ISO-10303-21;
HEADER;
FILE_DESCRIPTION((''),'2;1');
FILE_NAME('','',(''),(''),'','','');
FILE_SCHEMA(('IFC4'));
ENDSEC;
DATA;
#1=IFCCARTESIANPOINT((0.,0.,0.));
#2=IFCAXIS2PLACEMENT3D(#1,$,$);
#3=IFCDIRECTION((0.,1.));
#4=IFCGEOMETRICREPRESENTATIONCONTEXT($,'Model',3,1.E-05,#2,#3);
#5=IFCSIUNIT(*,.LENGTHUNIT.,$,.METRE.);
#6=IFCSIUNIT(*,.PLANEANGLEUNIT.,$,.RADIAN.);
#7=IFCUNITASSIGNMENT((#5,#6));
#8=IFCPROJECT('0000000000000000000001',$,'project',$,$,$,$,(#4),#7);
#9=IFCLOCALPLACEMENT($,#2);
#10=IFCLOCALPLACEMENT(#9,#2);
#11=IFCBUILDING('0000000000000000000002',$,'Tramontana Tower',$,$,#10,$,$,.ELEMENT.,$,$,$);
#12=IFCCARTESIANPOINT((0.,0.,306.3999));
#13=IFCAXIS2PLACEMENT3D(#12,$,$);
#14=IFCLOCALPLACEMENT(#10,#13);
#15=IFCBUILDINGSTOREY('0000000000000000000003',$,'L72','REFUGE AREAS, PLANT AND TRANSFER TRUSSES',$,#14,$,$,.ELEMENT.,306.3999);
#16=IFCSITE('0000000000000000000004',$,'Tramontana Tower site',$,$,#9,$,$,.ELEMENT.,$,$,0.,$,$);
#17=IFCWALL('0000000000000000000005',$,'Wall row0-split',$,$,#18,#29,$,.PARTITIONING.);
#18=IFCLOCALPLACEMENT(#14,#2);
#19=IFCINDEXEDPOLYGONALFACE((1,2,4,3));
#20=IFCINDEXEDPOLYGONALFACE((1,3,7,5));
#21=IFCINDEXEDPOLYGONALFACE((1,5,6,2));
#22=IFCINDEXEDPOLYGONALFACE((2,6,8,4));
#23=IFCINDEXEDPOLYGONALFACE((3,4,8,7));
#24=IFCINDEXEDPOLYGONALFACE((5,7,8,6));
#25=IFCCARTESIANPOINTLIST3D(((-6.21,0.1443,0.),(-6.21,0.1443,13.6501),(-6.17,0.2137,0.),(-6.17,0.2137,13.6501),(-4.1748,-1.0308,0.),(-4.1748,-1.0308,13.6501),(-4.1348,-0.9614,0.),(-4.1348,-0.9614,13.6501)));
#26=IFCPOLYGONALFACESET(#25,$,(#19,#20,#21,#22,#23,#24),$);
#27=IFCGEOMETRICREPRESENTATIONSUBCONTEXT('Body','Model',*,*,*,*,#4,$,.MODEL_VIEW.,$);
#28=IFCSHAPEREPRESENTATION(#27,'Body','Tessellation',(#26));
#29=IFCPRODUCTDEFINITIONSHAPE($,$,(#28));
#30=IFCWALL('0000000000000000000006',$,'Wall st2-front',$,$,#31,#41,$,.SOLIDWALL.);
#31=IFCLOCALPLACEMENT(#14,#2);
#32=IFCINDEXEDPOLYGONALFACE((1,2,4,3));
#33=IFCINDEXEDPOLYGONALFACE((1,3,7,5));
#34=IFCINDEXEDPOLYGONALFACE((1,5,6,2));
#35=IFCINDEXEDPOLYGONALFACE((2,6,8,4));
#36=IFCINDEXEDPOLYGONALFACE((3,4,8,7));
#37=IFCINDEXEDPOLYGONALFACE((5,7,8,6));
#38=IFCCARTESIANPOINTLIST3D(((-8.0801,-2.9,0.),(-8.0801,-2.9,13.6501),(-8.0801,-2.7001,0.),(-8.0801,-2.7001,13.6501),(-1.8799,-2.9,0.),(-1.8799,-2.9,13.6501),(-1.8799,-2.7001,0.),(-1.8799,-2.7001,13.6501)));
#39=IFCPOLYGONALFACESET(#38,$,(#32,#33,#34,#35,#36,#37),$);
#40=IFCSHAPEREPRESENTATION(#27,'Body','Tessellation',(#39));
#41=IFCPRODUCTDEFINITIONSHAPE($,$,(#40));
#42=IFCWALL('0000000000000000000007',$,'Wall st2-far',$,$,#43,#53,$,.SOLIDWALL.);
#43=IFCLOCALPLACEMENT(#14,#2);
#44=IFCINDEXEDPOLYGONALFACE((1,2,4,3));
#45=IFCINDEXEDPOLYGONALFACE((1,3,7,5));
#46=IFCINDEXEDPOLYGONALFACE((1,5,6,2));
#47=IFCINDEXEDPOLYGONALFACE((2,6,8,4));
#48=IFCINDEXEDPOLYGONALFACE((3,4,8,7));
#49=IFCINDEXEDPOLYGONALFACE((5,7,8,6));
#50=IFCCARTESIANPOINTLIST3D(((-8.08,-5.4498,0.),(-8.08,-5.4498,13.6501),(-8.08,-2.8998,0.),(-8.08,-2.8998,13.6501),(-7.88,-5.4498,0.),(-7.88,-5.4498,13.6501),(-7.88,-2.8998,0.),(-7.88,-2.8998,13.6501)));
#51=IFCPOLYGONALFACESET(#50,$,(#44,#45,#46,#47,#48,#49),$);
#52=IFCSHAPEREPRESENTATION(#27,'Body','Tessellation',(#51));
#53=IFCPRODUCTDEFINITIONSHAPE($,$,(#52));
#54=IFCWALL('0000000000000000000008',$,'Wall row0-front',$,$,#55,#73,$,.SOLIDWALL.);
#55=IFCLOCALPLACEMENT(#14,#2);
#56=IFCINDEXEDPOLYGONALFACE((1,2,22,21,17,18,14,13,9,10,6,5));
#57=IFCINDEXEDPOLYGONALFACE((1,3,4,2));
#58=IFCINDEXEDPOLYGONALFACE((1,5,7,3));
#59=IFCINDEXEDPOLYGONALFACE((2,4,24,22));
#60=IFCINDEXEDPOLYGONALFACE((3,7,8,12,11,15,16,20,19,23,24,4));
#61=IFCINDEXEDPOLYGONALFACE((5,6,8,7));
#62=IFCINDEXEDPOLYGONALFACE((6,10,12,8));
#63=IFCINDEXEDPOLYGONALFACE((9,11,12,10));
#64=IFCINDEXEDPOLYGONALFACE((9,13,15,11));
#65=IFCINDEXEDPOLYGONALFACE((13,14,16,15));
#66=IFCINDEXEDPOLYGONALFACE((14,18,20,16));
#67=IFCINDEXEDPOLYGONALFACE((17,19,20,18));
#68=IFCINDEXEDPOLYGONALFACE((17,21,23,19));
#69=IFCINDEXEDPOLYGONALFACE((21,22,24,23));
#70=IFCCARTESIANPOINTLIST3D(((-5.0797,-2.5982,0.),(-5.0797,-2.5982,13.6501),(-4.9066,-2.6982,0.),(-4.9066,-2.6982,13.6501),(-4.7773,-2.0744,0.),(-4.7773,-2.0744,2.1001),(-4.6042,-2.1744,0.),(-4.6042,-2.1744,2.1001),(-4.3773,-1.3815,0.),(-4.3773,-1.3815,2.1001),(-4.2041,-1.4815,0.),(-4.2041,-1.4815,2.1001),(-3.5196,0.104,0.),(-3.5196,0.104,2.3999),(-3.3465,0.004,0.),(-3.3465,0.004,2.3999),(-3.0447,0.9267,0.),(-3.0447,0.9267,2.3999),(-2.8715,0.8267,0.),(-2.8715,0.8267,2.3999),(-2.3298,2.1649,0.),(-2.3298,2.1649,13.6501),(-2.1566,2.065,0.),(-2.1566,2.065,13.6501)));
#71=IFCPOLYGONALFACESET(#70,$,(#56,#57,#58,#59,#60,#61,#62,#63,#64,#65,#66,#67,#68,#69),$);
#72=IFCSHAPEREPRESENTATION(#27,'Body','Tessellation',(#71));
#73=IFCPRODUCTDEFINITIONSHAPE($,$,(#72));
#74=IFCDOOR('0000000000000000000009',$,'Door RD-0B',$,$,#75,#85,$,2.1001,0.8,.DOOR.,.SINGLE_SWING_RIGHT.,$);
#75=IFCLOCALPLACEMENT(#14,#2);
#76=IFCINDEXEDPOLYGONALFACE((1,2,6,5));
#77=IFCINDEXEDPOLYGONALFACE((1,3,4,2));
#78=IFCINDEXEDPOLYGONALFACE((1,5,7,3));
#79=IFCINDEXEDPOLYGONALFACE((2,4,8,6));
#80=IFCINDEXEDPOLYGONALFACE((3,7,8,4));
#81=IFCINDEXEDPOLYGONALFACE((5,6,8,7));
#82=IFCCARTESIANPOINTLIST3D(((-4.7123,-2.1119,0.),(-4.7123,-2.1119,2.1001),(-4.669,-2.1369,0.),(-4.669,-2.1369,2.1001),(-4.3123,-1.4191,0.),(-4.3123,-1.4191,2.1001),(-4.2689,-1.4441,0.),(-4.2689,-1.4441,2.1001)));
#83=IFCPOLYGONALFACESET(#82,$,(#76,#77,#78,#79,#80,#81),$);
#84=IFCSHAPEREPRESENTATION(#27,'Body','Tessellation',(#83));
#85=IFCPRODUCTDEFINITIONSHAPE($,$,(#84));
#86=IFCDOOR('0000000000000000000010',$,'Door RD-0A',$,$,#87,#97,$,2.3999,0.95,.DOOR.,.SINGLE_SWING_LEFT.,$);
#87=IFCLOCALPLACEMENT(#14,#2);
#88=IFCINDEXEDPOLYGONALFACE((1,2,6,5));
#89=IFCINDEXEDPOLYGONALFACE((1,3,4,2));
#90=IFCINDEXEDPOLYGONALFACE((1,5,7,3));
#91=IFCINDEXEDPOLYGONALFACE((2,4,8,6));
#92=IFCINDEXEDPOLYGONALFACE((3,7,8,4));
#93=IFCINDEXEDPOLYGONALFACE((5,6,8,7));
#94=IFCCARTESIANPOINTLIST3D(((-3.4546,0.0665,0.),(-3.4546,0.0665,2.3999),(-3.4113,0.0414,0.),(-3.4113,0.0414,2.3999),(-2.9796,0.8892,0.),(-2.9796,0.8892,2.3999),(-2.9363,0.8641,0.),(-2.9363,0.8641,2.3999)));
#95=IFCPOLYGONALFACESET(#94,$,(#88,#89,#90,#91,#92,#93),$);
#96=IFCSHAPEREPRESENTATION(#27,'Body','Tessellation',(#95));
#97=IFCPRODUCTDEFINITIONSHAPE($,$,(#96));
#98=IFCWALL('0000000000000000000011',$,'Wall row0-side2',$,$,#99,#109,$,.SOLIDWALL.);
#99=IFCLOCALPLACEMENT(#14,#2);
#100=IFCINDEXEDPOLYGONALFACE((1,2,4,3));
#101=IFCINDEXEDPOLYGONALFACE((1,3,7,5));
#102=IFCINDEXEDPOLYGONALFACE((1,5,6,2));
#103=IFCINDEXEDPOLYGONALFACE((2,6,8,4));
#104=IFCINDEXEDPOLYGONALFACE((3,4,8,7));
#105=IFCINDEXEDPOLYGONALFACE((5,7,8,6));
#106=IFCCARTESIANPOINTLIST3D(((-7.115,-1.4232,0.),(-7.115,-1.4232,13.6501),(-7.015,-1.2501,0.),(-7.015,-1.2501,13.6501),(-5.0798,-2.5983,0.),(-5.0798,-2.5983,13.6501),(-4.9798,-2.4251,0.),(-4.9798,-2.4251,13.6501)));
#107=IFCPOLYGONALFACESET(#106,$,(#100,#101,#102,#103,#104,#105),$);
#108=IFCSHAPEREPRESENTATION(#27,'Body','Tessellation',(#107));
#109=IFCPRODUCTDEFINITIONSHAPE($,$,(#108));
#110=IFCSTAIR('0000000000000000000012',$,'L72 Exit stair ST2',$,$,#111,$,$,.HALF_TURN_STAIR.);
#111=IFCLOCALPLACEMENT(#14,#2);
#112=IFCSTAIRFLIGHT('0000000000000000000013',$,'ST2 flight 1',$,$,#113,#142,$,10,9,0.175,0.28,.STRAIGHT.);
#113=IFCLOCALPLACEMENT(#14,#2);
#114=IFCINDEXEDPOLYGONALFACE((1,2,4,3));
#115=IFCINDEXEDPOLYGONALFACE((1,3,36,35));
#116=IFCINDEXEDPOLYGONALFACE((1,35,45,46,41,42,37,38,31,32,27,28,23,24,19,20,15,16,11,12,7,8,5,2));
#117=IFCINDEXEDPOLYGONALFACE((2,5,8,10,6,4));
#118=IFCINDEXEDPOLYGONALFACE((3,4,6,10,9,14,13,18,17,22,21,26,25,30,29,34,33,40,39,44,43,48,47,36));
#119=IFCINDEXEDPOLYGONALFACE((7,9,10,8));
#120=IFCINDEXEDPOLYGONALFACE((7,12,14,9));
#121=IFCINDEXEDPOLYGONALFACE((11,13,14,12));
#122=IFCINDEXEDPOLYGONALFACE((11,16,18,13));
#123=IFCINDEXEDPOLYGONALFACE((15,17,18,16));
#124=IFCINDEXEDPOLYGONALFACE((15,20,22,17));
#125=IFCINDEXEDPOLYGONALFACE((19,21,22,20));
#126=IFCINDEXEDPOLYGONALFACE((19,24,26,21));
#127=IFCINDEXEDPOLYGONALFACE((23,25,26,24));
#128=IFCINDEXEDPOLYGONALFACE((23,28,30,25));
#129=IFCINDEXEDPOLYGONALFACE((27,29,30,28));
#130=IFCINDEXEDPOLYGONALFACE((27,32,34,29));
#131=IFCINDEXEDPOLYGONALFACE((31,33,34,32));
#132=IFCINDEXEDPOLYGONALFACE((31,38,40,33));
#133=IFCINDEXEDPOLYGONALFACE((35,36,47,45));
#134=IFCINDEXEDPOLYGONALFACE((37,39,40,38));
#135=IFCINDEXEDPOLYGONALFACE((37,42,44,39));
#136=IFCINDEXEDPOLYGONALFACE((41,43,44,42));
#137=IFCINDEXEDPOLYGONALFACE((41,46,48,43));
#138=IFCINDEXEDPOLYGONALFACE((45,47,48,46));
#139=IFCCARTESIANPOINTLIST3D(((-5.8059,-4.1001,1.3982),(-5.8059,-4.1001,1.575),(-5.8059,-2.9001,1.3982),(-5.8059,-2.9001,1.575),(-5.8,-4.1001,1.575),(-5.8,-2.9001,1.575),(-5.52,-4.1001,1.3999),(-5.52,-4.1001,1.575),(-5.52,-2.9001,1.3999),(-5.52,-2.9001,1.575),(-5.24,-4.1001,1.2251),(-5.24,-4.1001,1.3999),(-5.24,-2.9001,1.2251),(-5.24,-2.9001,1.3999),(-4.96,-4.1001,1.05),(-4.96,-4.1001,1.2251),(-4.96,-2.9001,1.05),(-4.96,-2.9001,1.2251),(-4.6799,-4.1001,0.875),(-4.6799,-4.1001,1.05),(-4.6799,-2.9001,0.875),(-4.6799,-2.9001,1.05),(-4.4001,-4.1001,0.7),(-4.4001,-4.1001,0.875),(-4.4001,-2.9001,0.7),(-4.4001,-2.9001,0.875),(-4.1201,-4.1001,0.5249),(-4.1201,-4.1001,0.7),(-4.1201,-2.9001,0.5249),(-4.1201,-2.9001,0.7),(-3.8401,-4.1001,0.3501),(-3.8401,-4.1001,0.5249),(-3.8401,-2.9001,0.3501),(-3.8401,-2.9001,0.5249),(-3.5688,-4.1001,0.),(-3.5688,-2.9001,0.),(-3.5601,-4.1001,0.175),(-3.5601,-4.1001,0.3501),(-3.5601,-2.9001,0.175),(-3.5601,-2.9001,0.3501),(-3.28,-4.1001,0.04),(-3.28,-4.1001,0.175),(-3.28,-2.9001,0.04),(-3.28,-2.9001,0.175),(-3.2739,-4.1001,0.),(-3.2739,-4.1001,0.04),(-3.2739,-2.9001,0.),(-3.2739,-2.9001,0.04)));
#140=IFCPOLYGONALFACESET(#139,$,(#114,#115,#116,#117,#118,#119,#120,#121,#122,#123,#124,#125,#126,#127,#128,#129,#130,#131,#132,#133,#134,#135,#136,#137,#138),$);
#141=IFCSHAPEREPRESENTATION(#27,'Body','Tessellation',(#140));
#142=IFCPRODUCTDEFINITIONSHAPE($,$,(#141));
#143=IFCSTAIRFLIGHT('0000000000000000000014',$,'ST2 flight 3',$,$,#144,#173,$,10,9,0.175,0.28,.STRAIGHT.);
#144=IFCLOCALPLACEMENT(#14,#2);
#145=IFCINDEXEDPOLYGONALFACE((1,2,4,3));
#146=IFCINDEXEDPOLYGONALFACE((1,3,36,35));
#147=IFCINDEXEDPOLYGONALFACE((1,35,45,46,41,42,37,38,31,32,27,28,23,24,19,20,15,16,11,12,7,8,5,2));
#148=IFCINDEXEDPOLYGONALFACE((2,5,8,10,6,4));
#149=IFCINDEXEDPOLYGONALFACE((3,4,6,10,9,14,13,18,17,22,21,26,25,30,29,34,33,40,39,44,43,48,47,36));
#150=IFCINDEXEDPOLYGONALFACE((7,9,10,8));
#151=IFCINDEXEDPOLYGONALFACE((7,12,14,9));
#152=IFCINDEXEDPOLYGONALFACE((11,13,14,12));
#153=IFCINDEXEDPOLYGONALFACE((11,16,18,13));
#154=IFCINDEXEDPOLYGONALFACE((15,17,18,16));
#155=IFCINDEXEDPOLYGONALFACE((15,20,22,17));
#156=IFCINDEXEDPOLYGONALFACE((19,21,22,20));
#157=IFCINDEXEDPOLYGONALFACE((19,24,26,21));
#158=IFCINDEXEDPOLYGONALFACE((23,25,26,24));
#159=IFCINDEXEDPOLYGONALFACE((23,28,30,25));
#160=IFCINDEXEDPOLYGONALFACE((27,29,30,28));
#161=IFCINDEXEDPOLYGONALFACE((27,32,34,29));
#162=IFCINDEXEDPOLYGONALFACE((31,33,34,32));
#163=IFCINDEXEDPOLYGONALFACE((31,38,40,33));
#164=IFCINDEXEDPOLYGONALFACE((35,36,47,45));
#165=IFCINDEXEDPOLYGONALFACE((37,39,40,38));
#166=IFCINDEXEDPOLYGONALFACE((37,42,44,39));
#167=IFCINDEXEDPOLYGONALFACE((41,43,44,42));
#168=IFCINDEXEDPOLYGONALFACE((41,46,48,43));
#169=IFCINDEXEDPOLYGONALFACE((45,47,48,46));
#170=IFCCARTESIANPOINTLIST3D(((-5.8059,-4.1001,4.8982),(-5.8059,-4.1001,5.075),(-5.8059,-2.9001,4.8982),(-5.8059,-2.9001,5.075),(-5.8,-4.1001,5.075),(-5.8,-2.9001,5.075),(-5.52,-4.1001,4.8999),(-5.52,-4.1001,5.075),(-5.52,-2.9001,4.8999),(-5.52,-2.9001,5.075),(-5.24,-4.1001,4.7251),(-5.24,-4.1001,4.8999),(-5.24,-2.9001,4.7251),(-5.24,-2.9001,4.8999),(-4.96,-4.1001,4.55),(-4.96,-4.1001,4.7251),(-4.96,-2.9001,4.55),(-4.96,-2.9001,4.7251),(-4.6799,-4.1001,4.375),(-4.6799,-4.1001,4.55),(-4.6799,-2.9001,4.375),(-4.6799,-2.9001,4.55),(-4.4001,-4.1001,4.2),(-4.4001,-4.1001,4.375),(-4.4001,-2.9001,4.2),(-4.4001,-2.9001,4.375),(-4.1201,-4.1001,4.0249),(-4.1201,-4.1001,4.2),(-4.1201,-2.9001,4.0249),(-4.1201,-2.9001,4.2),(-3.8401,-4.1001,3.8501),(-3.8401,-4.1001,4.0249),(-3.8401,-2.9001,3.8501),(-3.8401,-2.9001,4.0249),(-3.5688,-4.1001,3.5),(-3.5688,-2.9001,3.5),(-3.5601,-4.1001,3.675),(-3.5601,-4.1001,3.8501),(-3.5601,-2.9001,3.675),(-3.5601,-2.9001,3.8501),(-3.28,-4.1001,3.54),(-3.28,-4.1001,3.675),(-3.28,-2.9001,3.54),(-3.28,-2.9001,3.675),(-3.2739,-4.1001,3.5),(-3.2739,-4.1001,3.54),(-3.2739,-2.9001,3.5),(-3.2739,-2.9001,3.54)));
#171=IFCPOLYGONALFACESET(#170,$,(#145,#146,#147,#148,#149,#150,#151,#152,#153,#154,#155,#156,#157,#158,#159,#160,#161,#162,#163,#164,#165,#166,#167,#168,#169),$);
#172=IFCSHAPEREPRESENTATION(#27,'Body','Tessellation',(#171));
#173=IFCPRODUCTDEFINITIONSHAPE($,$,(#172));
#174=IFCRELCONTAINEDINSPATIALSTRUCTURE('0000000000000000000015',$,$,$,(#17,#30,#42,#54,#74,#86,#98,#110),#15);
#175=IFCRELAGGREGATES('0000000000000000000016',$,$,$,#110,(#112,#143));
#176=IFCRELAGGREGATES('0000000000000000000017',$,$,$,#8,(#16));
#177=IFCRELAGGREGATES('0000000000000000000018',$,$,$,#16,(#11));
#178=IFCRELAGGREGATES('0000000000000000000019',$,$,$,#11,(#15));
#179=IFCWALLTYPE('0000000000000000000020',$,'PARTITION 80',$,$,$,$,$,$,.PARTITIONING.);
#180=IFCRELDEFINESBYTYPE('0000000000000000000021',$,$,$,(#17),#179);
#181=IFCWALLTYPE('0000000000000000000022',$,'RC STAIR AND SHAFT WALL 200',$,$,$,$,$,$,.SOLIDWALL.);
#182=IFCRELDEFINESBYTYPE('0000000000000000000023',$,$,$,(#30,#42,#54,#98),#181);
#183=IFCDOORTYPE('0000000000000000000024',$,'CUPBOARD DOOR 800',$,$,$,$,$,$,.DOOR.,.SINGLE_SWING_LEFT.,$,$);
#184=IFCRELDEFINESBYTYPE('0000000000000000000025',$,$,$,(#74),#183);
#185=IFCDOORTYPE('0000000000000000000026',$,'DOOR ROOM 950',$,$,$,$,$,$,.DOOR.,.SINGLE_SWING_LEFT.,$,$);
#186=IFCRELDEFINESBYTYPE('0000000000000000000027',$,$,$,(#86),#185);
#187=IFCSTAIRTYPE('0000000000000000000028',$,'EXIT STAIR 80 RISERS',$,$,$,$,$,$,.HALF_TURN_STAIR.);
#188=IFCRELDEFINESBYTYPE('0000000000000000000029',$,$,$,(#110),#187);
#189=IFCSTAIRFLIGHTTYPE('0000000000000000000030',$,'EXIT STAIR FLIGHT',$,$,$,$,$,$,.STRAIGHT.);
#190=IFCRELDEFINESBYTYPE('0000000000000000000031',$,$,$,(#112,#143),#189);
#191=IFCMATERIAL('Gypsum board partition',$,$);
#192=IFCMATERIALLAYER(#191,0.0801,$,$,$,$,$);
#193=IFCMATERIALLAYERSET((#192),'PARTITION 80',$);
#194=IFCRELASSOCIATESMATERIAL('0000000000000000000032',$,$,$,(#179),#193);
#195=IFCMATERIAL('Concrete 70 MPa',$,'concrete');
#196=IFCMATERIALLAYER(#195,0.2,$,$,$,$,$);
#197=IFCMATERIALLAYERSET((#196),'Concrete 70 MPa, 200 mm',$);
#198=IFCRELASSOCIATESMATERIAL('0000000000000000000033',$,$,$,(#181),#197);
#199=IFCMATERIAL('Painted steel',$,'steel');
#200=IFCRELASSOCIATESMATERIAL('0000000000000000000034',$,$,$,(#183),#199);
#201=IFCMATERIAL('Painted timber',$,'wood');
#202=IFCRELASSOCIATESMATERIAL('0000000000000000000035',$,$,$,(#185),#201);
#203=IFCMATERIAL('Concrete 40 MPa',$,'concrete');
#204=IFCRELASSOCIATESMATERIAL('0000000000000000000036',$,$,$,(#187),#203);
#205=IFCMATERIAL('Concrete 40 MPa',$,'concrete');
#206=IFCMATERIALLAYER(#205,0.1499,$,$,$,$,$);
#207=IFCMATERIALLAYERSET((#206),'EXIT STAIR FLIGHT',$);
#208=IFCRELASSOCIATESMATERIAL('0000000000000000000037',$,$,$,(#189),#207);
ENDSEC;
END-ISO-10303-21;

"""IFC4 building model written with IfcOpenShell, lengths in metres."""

from ifc_helpers import new_model, si_unit, direction, frame, frame_2d, origin, place, context, subcontext, project, spatial, polyline, rectangle, outline, extrude, material, layer, layer_set, type_object, element, fill, aggregate, save


model = new_model("IFC4")

# Units and contexts
model_context = context("Model", 3, precision=1e-05, world=origin(), true_north=direction((0.0, 1.0)))
body_context = subcontext(model_context, "Body", "Model", "MODEL_VIEW")
ifc_project = project(units=[si_unit("LENGTHUNIT", "METRE"), si_unit("PLANEANGLEUNIT", "RADIAN")], contexts=[model_context])

# Site, building, storey
site_placement = place(None, origin())
site = spatial("IfcSite", under=ifc_project, at=site_placement, Name="Tramontana Tower site", CompositionType="ELEMENT", RefElevation=0.0)
building_placement = place(site_placement, origin())
building = spatial("IfcBuilding", under=site, at=building_placement, Name="Tramontana Tower", CompositionType="ELEMENT")
storey_placement = place(building_placement, frame((0.0, 0.0, 306.3999)))
storey = spatial("IfcBuildingStorey", under=building, at=storey_placement, Name="L72", Description="REFUGE AREAS, PLANT AND TRANSFER TRUSSES", CompositionType="ELEMENT", Elevation=306.3999)

# Walls
ifc_material_1 = material(Name="Gypsum board partition")
ifc_layer_1 = layer(ifc_material_1, 0.0801)
ifc_layer_set_1 = layer_set([ifc_layer_1], Name="PARTITION 80")
wall_type_1 = type_object("IfcWallType", Name="PARTITION 80", PredefinedType="PARTITIONING", material=ifc_layer_set_1)
wall_1_placement = place(storey_placement, frame((-4.1548, -0.9961, 0.0), z_axis=(0.0, 0.0, 1.0), x_axis=(-0.866016, 0.500016, 0.0)))
element("IfcWall", 1, at=wall_1_placement, inside=storey, type_object=wall_type_1, Name="Wall row0-split", PredefinedType="PARTITIONING", context=body_context, shape_type="SweptSolid", body=[
    extrude(rectangle(XDim=2.3501, YDim=0.0801, at=frame_2d((1.175, 0.0))), origin(), (0.0, 0.0, 1.0), 13.6501),
])
ifc_material_2 = material(Name="Concrete 70 MPa", Category="concrete")
ifc_layer_2 = layer(ifc_material_2, 0.2)
ifc_layer_set_2 = layer_set([ifc_layer_2], Name="Concrete 70 MPa, 200 mm")
wall_type_2 = type_object("IfcWallType", Name="RC STAIR AND SHAFT WALL 200", PredefinedType="SOLIDWALL", material=ifc_layer_set_2)
wall_2_placement = place(storey_placement, frame((-8.0801, -2.8, 0.0), z_axis=(0.0, 0.0, 1.0), x_axis=(1.0, 0.0, 0.0)))
element("IfcWall", 2, at=wall_2_placement, inside=storey, type_object=wall_type_2, Name="Wall st2-front", PredefinedType="SOLIDWALL", context=body_context, shape_type="SweptSolid", body=[
    extrude(rectangle(XDim=6.2002, YDim=0.2, at=frame_2d((3.1001, 0.0))), origin(), (0.0, 0.0, 1.0), 13.6501),
])
wall_3_placement = place(storey_placement, frame((-7.98, -2.8999, 0.0), z_axis=(0.0, 0.0, 1.0), x_axis=(0.0, -1.0, 0.0)))
element("IfcWall", 3, at=wall_3_placement, inside=storey, type_object=wall_type_2, Name="Wall st2-far", PredefinedType="SOLIDWALL", context=body_context, shape_type="SweptSolid", body=[
    extrude(rectangle(XDim=2.55, YDim=0.2, at=frame_2d((1.2749, 0.0))), origin(), (0.0, 0.0, 1.0), 13.6501),
])

# Wall, openings, doors
wall_4_placement = place(storey_placement, frame((-4.9932, -2.6482, 0.0), z_axis=(0.0, 0.0, 1.0), x_axis=(0.499997, 0.866027, 0.0)))
wall_4 = element("IfcWall", 4, at=wall_4_placement, inside=storey, type_object=wall_type_2, Name="Wall row0-front", PredefinedType="SOLIDWALL", context=body_context, shape_type="SweptSolid", body=[
    extrude(rectangle(XDim=5.5, YDim=0.2, at=frame_2d((2.75, 0.0))), origin(), (0.0, 0.0, 1.0), 13.6501),
])
opening_1_placement = place(wall_4_placement, frame((3.1201, 0.0, 0.0)))
opening_1 = element("IfcOpeningElement", 5, at=opening_1_placement, cuts=wall_4, PredefinedType="OPENING", context=body_context, shape_type="SweptSolid", body=[
    extrude(rectangle(XDim=0.95, YDim=2.3999, at=frame_2d((0.4751, 1.2))), frame((0.0, 0.1099, 0.0), z_axis=(0.0, -1.0, 0.0), x_axis=(1.0, 0.0, 0.0)), (0.0, 0.0, 1.0), 0.22),
])
opening_2_placement = place(wall_4_placement, frame((0.605, 0.0, 0.0)))
opening_2 = element("IfcOpeningElement", 6, at=opening_2_placement, cuts=wall_4, PredefinedType="OPENING", context=body_context, shape_type="SweptSolid", body=[
    extrude(rectangle(XDim=0.8, YDim=2.1001, at=frame_2d((0.3999, 1.05))), frame((0.0, 0.1099, 0.0), z_axis=(0.0, -1.0, 0.0), x_axis=(1.0, 0.0, 0.0)), (0.0, 0.0, 1.0), 0.22),
])
ifc_material_3 = material(Name="Painted steel", Category="steel")
door_type_1 = type_object("IfcDoorType", Name="CUPBOARD DOOR 800", OperationType="SINGLE_SWING_LEFT", PredefinedType="DOOR", material=ifc_material_3)
door_1_placement = place(opening_2_placement, origin())
door_1 = element("IfcDoor", 7, at=door_1_placement, inside=storey, type_object=door_type_1, Name="Door RD-0B", OperationType="SINGLE_SWING_RIGHT", OverallHeight=2.1001, OverallWidth=0.8, PredefinedType="DOOR", context=body_context, shape_type="SweptSolid", body=[
    extrude(rectangle(XDim=0.8, YDim=2.1001, at=frame_2d((0.3999, 1.05))), frame((0.0, 0.0249, 0.0), z_axis=(0.0, -1.0, 0.0), x_axis=(1.0, 0.0, 0.0)), (0.0, 0.0, 1.0), 0.05),
])
fill(opening_2, door_1)
ifc_material_4 = material(Name="Painted timber", Category="wood")
door_type_2 = type_object("IfcDoorType", Name="DOOR ROOM 950", OperationType="SINGLE_SWING_LEFT", PredefinedType="DOOR", material=ifc_material_4)
door_2_placement = place(opening_1_placement, origin())
door_2 = element("IfcDoor", 8, at=door_2_placement, inside=storey, type_object=door_type_2, Name="Door RD-0A", OperationType="SINGLE_SWING_LEFT", OverallHeight=2.3999, OverallWidth=0.95, PredefinedType="DOOR", context=body_context, shape_type="SweptSolid", body=[
    extrude(rectangle(XDim=0.95, YDim=2.3999, at=frame_2d((0.4751, 1.2))), frame((0.0, 0.0249, 0.0), z_axis=(0.0, -1.0, 0.0), x_axis=(1.0, 0.0, 0.0)), (0.0, 0.0, 1.0), 0.05),
])
fill(opening_1, door_2)

# Wall
wall_5_placement = place(storey_placement, frame((-5.0298, -2.5117, 0.0), z_axis=(0.0, 0.0, 1.0), x_axis=(-0.866016, 0.500016, 0.0)))
element("IfcWall", 9, at=wall_5_placement, inside=storey, type_object=wall_type_2, Name="Wall row0-side2", PredefinedType="SOLIDWALL", context=body_context, shape_type="SweptSolid", body=[
    extrude(rectangle(XDim=2.3501, YDim=0.2, at=frame_2d((1.175, 0.0))), origin(), (0.0, 0.0, 1.0), 13.6501),
])

# Stair, stair flights
ifc_material_5 = material(Name="Concrete 40 MPa", Category="concrete")
stair_type = type_object("IfcStairType", Name="EXIT STAIR 80 RISERS", PredefinedType="HALF_TURN_STAIR", material=ifc_material_5)
stair_placement = place(storey_placement, origin())
stair = element("IfcStair", 10, at=stair_placement, inside=storey, type_object=stair_type, Name="L72 Exit stair ST2", PredefinedType="HALF_TURN_STAIR")
ifc_material_6 = material(Name="Concrete 40 MPa", Category="concrete")
ifc_layer_3 = layer(ifc_material_6, 0.1499)
ifc_layer_set_3 = layer_set([ifc_layer_3], Name="EXIT STAIR FLIGHT")
stair_flight_type = type_object("IfcStairFlightType", Name="EXIT STAIR FLIGHT", PredefinedType="STRAIGHT", material=ifc_layer_set_3)
stair_flight_1_placement = place(storey_placement, frame((-3.28, -3.5, 0.0), z_axis=(0.0, 0.0, 1.0), x_axis=(-1.0, 0.0, 0.0)))
stair_flight_1 = element("IfcStairFlight", 11, at=stair_flight_1_placement, type_object=stair_flight_type, Name="ST2 flight 1", NumberOfRisers=10, NumberOfTreads=9, PredefinedType="STRAIGHT", RiserHeight=0.175, TreadLength=0.28, context=body_context, shape_type="SweptSolid", body=[
    extrude(outline(polyline([(-0.0061, 0.0), (-0.0061, 0.04), (0.0, 0.04), (0.0, 0.175), (0.28, 0.175), (0.28, 0.3501), (0.5601, 0.3501), (0.5601, 0.5249), (0.8401, 0.5249), (0.8401, 0.7), (1.1201, 0.7), (1.1201, 0.875), (1.3999, 0.875), (1.3999, 1.05), (1.6799, 1.05), (1.6799, 1.2251), (1.96, 1.2251), (1.96, 1.3999), (2.24, 1.3999), (2.24, 1.575), (2.52, 1.575), (2.5259, 1.575), (2.5259, 1.3982), (0.2888, 0.0), (-0.0061, 0.0)])), frame((0.0, 0.6001, 0.0), z_axis=(0.0, -1.0, 0.0), x_axis=(1.0, 0.0, 0.0)), (0.0, 0.0, 1.0), 1.2),
])
stair_flight_2_placement = place(storey_placement, frame((-3.28, -3.5, 3.5), z_axis=(0.0, 0.0, 1.0), x_axis=(-1.0, 0.0, 0.0)))
stair_flight_2 = element("IfcStairFlight", 12, at=stair_flight_2_placement, type_object=stair_flight_type, Name="ST2 flight 3", NumberOfRisers=10, NumberOfTreads=9, PredefinedType="STRAIGHT", RiserHeight=0.175, TreadLength=0.28, context=body_context, shape_type="SweptSolid", body=[
    extrude(outline(polyline([(-0.0061, 0.0), (-0.0061, 0.04), (0.0, 0.04), (0.0, 0.175), (0.28, 0.175), (0.28, 0.3501), (0.5601, 0.3501), (0.5601, 0.5249), (0.8401, 0.5249), (0.8401, 0.7), (1.1201, 0.7), (1.1201, 0.875), (1.3999, 0.875), (1.3999, 1.05), (1.6799, 1.05), (1.6799, 1.2251), (1.96, 1.2251), (1.96, 1.3999), (2.24, 1.3999), (2.24, 1.575), (2.52, 1.575), (2.5259, 1.575), (2.5259, 1.3982), (0.2888, 0.0), (-0.0061, 0.0)])), frame((0.0, 0.6001, 0.0), z_axis=(0.0, -1.0, 0.0), x_axis=(1.0, 0.0, 0.0)), (0.0, 0.0, 1.0), 1.2),
])
aggregate(stair, [stair_flight_1, stair_flight_2])

save(model, "model.ifc")
